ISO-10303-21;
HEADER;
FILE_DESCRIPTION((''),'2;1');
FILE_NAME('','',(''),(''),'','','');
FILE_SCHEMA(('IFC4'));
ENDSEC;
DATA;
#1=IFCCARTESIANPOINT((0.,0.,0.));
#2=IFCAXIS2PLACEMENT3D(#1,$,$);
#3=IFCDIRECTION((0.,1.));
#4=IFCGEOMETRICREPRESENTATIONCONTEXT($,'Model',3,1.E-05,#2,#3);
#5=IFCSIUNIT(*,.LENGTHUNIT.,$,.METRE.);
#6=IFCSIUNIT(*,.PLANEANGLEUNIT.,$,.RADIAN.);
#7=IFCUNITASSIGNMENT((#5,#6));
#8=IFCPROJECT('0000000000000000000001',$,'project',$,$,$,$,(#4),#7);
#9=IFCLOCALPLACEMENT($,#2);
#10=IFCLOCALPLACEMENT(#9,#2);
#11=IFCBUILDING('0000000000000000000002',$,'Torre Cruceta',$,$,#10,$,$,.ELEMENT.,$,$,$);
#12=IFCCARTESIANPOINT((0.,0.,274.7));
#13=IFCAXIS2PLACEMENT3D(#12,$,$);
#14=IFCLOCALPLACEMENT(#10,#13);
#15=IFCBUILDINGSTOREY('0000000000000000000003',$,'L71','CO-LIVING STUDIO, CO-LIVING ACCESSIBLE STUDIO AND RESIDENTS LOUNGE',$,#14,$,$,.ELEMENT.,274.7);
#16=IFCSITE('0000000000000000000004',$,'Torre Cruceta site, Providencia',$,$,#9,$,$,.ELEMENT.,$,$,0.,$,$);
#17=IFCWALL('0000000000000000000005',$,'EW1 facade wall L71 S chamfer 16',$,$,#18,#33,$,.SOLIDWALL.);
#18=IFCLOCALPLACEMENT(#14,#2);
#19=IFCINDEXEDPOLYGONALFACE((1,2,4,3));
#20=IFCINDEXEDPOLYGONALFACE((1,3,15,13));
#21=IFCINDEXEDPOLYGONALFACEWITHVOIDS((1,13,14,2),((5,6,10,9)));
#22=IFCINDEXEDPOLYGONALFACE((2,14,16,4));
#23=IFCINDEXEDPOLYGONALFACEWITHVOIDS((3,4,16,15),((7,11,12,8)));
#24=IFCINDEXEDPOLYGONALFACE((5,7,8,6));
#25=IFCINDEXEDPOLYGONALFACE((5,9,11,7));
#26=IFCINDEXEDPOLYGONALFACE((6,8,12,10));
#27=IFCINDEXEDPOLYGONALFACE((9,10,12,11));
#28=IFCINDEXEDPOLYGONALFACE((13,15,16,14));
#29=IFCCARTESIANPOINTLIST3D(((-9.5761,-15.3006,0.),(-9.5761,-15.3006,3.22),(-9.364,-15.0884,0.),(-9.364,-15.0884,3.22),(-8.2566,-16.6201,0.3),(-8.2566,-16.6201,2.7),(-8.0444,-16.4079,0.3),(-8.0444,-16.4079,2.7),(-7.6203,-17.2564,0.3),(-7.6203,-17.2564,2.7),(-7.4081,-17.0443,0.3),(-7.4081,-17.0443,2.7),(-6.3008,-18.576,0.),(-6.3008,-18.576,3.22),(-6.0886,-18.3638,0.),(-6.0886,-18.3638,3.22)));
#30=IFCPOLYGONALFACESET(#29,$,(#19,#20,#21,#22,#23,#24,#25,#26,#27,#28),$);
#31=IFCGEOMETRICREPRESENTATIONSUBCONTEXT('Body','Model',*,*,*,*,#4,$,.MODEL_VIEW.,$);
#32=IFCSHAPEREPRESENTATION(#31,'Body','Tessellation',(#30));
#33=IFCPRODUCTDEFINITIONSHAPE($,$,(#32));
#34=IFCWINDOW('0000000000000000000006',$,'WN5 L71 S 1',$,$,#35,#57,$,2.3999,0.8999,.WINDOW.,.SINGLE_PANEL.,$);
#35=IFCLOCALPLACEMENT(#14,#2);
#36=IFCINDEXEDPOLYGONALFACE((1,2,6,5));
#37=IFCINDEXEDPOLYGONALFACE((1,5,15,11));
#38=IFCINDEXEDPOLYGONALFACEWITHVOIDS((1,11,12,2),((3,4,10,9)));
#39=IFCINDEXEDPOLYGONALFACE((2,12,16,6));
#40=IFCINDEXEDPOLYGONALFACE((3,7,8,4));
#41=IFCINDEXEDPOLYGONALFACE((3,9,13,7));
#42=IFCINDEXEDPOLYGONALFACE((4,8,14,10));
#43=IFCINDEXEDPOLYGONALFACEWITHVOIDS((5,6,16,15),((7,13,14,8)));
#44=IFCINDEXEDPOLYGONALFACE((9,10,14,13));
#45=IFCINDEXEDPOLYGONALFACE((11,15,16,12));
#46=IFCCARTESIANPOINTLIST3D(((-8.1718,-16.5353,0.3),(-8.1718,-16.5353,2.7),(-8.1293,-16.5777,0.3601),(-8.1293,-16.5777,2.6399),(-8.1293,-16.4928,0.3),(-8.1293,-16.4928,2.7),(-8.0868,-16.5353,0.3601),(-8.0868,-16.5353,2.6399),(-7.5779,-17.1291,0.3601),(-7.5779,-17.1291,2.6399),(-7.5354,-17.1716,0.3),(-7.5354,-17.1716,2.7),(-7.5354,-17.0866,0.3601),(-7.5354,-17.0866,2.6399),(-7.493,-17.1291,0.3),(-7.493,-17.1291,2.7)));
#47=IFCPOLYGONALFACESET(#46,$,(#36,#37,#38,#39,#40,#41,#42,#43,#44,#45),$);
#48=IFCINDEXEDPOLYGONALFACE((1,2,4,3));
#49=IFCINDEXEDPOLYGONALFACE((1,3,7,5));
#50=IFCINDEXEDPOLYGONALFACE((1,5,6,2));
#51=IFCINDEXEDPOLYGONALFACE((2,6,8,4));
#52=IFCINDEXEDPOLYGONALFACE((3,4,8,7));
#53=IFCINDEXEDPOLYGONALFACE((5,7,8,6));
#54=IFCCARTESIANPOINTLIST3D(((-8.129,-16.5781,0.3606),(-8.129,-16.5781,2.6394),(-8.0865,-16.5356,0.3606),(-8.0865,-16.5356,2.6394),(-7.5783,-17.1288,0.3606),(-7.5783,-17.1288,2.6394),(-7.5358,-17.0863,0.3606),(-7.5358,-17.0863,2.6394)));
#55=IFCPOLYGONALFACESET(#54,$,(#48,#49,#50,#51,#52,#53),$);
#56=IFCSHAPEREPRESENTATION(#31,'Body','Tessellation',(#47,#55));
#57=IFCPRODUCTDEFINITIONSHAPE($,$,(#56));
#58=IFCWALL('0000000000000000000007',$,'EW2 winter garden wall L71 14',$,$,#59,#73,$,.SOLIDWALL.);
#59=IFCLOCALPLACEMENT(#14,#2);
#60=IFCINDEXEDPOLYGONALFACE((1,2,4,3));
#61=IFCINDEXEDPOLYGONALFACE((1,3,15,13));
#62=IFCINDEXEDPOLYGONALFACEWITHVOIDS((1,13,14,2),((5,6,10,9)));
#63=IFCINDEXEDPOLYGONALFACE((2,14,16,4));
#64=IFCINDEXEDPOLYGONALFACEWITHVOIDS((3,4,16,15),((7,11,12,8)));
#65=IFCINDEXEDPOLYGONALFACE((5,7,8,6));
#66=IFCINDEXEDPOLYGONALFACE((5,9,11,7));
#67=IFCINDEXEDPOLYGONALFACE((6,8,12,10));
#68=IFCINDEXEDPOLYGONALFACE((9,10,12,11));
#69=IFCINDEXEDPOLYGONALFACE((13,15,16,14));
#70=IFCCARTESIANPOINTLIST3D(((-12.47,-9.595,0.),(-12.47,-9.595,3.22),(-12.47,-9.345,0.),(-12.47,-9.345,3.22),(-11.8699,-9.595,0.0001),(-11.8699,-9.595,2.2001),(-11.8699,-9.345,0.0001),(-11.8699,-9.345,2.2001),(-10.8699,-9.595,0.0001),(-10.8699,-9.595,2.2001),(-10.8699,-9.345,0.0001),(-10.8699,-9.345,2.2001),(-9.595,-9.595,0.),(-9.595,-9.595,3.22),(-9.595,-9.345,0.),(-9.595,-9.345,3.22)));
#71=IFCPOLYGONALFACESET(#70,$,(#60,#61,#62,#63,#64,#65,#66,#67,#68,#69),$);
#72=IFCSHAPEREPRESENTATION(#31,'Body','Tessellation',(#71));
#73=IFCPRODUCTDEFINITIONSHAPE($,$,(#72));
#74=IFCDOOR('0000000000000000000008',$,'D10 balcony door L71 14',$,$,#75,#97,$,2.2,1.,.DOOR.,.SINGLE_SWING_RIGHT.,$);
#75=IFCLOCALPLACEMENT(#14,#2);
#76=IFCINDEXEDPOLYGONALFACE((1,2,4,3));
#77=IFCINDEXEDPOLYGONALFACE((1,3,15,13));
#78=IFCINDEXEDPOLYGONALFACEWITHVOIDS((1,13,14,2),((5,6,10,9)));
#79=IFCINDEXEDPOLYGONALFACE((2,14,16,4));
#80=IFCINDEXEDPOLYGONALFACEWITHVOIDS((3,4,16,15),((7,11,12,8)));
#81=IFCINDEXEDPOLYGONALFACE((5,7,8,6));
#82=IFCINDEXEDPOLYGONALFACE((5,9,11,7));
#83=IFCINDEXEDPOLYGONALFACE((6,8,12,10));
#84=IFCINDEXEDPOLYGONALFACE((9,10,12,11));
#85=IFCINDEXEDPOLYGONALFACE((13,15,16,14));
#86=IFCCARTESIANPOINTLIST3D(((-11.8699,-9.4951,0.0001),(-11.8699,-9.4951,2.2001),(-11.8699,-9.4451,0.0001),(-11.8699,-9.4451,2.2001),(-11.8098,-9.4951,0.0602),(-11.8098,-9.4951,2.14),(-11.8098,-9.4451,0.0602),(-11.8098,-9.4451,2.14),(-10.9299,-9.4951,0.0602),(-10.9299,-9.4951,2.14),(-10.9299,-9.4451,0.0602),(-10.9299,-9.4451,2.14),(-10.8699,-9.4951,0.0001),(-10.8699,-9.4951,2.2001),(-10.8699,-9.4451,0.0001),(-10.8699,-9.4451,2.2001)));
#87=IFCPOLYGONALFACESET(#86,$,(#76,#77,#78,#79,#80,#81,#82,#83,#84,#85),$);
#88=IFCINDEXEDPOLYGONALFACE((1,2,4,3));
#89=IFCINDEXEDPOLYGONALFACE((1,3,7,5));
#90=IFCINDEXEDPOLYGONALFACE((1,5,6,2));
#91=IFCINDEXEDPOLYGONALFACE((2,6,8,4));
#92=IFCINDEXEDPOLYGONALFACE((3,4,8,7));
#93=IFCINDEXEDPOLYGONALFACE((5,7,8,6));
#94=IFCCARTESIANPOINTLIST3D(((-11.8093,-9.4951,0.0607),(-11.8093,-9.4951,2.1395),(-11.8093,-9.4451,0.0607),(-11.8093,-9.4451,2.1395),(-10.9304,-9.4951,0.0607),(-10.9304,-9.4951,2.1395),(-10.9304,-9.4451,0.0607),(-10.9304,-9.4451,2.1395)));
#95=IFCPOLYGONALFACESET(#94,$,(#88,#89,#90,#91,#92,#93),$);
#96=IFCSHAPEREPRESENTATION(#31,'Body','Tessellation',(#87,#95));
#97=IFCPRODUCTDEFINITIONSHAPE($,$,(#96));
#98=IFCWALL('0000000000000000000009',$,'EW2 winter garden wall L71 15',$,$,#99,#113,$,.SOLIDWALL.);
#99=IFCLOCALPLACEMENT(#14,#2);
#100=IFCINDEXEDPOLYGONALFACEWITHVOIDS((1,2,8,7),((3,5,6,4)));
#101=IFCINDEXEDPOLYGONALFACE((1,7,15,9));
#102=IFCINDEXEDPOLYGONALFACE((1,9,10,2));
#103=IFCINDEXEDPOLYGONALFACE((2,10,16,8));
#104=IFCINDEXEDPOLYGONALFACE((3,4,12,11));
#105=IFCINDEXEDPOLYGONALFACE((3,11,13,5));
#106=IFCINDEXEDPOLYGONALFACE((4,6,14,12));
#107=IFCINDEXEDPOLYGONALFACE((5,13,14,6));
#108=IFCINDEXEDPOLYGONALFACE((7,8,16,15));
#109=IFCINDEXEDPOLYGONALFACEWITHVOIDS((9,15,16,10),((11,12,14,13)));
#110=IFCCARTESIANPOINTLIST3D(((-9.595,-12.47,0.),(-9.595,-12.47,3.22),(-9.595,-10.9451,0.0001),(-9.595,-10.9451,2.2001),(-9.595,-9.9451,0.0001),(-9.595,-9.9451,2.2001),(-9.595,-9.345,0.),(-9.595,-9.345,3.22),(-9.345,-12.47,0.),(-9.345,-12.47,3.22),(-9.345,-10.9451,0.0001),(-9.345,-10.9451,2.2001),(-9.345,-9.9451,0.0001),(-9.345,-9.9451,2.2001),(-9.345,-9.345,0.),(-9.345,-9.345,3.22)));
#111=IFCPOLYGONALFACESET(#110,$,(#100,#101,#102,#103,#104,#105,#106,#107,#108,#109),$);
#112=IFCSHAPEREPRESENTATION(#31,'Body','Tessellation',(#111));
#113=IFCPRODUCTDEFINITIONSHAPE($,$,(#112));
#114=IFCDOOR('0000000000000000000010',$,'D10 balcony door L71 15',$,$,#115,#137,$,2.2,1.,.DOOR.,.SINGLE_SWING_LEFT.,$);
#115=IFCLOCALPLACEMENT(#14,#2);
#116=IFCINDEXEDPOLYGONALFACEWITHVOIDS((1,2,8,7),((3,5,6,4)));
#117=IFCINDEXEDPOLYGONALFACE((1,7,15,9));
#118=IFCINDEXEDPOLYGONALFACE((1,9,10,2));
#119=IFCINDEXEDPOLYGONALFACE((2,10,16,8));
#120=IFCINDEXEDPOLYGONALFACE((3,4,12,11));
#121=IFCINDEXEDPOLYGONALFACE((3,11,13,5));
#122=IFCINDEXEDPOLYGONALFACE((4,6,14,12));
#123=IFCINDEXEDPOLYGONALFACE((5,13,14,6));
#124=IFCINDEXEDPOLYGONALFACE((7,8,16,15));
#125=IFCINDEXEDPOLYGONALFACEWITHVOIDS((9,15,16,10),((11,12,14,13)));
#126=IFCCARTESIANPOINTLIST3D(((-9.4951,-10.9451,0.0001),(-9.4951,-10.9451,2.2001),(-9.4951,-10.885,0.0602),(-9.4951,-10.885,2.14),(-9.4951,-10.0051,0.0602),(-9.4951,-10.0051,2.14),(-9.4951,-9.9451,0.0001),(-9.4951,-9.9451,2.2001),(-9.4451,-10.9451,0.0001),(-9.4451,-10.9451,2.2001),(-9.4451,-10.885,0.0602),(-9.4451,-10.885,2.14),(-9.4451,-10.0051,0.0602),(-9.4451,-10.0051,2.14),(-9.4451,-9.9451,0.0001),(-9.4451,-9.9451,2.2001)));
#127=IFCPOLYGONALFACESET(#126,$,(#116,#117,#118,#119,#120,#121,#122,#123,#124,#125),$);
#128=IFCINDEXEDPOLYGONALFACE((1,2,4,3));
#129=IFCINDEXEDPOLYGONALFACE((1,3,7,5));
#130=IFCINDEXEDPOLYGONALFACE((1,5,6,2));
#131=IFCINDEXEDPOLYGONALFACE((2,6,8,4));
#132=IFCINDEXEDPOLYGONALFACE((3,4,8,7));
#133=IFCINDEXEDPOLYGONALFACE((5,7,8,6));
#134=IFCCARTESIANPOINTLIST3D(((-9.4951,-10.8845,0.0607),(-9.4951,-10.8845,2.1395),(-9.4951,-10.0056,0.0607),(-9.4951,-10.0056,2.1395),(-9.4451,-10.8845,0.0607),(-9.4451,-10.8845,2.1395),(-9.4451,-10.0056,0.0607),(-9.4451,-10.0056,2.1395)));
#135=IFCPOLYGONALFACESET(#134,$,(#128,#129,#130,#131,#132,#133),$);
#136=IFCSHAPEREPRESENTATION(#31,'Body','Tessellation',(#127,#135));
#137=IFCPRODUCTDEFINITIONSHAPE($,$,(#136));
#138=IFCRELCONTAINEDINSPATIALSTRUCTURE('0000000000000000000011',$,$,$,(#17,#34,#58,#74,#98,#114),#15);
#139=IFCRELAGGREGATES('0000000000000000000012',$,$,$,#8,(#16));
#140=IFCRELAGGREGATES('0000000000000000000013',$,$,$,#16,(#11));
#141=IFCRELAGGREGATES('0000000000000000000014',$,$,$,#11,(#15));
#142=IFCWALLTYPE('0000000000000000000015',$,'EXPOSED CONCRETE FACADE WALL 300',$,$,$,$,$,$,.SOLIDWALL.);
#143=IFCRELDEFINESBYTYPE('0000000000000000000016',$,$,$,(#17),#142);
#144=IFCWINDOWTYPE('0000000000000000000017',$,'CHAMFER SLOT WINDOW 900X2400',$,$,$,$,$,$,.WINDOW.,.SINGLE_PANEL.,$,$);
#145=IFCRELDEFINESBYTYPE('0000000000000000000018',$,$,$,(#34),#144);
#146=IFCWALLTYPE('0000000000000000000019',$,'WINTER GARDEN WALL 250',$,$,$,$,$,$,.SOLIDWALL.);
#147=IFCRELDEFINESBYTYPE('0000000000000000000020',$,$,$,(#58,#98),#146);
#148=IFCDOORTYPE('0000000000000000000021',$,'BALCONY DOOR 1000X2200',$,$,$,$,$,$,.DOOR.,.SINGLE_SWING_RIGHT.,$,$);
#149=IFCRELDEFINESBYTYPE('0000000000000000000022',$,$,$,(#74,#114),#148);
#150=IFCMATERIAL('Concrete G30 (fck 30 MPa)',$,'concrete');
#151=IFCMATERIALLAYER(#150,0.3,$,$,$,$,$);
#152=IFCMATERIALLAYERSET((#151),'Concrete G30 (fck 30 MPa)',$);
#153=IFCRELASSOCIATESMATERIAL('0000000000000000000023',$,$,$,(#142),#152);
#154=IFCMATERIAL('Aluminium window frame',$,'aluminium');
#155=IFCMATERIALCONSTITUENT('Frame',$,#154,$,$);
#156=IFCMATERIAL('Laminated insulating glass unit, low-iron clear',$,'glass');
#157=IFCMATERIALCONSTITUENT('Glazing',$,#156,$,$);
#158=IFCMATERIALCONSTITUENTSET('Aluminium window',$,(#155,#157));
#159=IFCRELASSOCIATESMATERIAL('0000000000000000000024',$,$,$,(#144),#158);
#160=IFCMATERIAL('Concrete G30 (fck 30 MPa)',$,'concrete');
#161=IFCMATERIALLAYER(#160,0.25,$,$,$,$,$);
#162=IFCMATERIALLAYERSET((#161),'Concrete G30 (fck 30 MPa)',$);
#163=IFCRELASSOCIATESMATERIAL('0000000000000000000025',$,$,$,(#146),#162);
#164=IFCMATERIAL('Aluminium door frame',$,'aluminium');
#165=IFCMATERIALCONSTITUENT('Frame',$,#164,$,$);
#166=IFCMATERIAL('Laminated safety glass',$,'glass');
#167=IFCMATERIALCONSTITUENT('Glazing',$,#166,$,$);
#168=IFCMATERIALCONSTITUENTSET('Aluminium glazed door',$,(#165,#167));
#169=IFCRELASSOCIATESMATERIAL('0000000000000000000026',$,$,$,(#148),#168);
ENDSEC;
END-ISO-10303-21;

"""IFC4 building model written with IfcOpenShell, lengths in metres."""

from ifc_helpers import new_model, si_unit, direction, frame, frame_2d, origin, place, context, subcontext, project, spatial, rectangle, hollow_rectangle, extrude, material, layer, layer_set, constituent, constituent_set, type_object, element, fill, save


model = new_model("IFC4")

# Units and contexts
model_context = context("Model", 3, precision=1e-05, world=origin(), true_north=direction((0.0, 1.0)))
body_context = subcontext(model_context, "Body", "Model", "MODEL_VIEW")
ifc_project = project(units=[si_unit("LENGTHUNIT", "METRE"), si_unit("PLANEANGLEUNIT", "RADIAN")], contexts=[model_context])

# Site, building, storey
site_placement = place(None, origin())
site = spatial("IfcSite", under=ifc_project, at=site_placement, Name="Torre Cruceta site, Providencia", CompositionType="ELEMENT", RefElevation=0.0)
building_placement = place(site_placement, origin())
building = spatial("IfcBuilding", under=site, at=building_placement, Name="Torre Cruceta", CompositionType="ELEMENT")
storey_placement = place(building_placement, frame((0.0, 0.0, 274.7)))
storey = spatial("IfcBuildingStorey", under=building, at=storey_placement, Name="L71", Description="CO-LIVING STUDIO, CO-LIVING ACCESSIBLE STUDIO AND RESIDENTS LOUNGE", CompositionType="ELEMENT", Elevation=274.7)

# Wall, opening, window
ifc_material_1 = material(Name="Concrete G30 (fck 30 MPa)", Category="concrete")
ifc_layer_1 = layer(ifc_material_1, 0.3)
ifc_layer_set_1 = layer_set([ifc_layer_1], Name="Concrete G30 (fck 30 MPa)")
wall_type_1 = type_object("IfcWallType", Name="EXPOSED CONCRETE FACADE WALL 300", PredefinedType="SOLIDWALL", material=ifc_layer_set_1)
wall_1_placement = place(storey_placement, frame((-9.47, -15.1946, 0.0), z_axis=(0.0, 0.0, 1.0), x_axis=(0.707107, -0.707107, 0.0)))
wall_1 = element("IfcWall", 1, at=wall_1_placement, inside=storey, type_object=wall_type_1, Name="EW1 facade wall L71 S chamfer 16", PredefinedType="SOLIDWALL", context=body_context, shape_type="SweptSolid", body=[
    extrude(rectangle(XDim=4.6321, YDim=0.3, at=frame_2d((2.3159, 0.0))), origin(), (0.0, 0.0, 1.0), 3.22),
])
opening_1_placement = place(wall_1_placement, frame((1.866, 0.0, 0.3)))
opening_1 = element("IfcOpeningElement", 2, at=opening_1_placement, cuts=wall_1, PredefinedType="OPENING", context=body_context, shape_type="SweptSolid", body=[
    extrude(rectangle(XDim=0.8999, YDim=2.3999, at=frame_2d((0.45, 1.2))), frame((0.0, 0.1599, 0.0), z_axis=(0.0, -1.0, 0.0), x_axis=(1.0, 0.0, 0.0)), (0.0, 0.0, 1.0), 0.3201),
])
ifc_material_2 = material(Name="Aluminium window frame", Category="aluminium")
ifc_constituent_1 = constituent(ifc_material_2, Name="Frame")
ifc_material_3 = material(Name="Laminated insulating glass unit, low-iron clear", Category="glass")
ifc_constituent_2 = constituent(ifc_material_3, Name="Glazing")
ifc_constituent_set_1 = constituent_set(constituents=[ifc_constituent_1, ifc_constituent_2], Name="Aluminium window")
window_type = type_object("IfcWindowType", Name="CHAMFER SLOT WINDOW 900X2400", PartitioningType="SINGLE_PANEL", PredefinedType="WINDOW", material=ifc_constituent_set_1)
window_placement = place(opening_1_placement, origin())
window = element("IfcWindow", 3, at=window_placement, inside=storey, type_object=window_type, Name="WN5 L71 S 1", OverallHeight=2.3999, OverallWidth=0.8999, PartitioningType="SINGLE_PANEL", PredefinedType="WINDOW", context=body_context, shape_type="SweptSolid", body=[
    extrude(hollow_rectangle(XDim=0.8999, YDim=2.3999, WallThickness=0.0601, at=frame_2d((0.45, 1.2))), frame((0.0, 0.03, 0.0), z_axis=(0.0, -1.0, 0.0), x_axis=(1.0, 0.0, 0.0)), (0.0, 0.0, 1.0), 0.0601),
    extrude(rectangle(XDim=0.7788, YDim=2.2788, at=frame_2d((0.45, 1.2))), frame((0.0, 0.03, 0.0), z_axis=(0.0, -1.0, 0.0), x_axis=(1.0, 0.0, 0.0)), (0.0, 0.0, 1.0), 0.0601),
])
fill(opening_1, window)

# Walls, openings, doors
ifc_material_4 = material(Name="Concrete G30 (fck 30 MPa)", Category="concrete")
ifc_layer_2 = layer(ifc_material_4, 0.25)
ifc_layer_set_2 = layer_set([ifc_layer_2], Name="Concrete G30 (fck 30 MPa)")
wall_type_2 = type_object("IfcWallType", Name="WINTER GARDEN WALL 250", PredefinedType="SOLIDWALL", material=ifc_layer_set_2)
wall_2_placement = place(storey_placement, frame((-12.47, -9.47, 0.0), z_axis=(0.0, 0.0, 1.0), x_axis=(1.0, 0.0, 0.0)))
wall_2 = element("IfcWall", 4, at=wall_2_placement, inside=storey, type_object=wall_type_2, Name="EW2 winter garden wall L71 14", PredefinedType="SOLIDWALL", context=body_context, shape_type="SweptSolid", body=[
    extrude(rectangle(XDim=2.875, YDim=0.25, at=frame_2d((1.4375, 0.0))), origin(), (0.0, 0.0, 1.0), 3.22),
])
opening_2_placement = place(wall_2_placement, frame((0.6001, 0.0, 0.0)))
opening_2 = element("IfcOpeningElement", 5, at=opening_2_placement, cuts=wall_2, PredefinedType="OPENING", context=body_context, shape_type="SweptSolid", body=[
    extrude(rectangle(XDim=1.0, YDim=2.2, at=frame_2d((0.5, 1.1001))), frame((0.0, 0.135, 0.0), z_axis=(0.0, -1.0, 0.0), x_axis=(1.0, 0.0, 0.0)), (0.0, 0.0, 1.0), 0.27),
])
ifc_material_5 = material(Name="Aluminium door frame", Category="aluminium")
ifc_constituent_3 = constituent(ifc_material_5, Name="Frame")
ifc_material_6 = material(Name="Laminated safety glass", Category="glass")
ifc_constituent_4 = constituent(ifc_material_6, Name="Glazing")
ifc_constituent_set_2 = constituent_set(constituents=[ifc_constituent_3, ifc_constituent_4], Name="Aluminium glazed door")
door_type = type_object("IfcDoorType", Name="BALCONY DOOR 1000X2200", OperationType="SINGLE_SWING_RIGHT", PredefinedType="DOOR", material=ifc_constituent_set_2)
door_1_placement = place(opening_2_placement, origin())
door_1 = element("IfcDoor", 6, at=door_1_placement, inside=storey, type_object=door_type, Name="D10 balcony door L71 14", OperationType="SINGLE_SWING_RIGHT", OverallHeight=2.2, OverallWidth=1.0, PredefinedType="DOOR", context=body_context, shape_type="SweptSolid", body=[
    extrude(hollow_rectangle(XDim=1.0, YDim=2.2, WallThickness=0.0601, at=frame_2d((0.5, 1.1001))), frame((0.0, 0.0249, 0.0), z_axis=(0.0, -1.0, 0.0), x_axis=(1.0, 0.0, 0.0)), (0.0, 0.0, 1.0), 0.05),
    extrude(rectangle(XDim=0.8789, YDim=2.0789, at=frame_2d((0.5, 1.1001))), frame((0.0, 0.0249, 0.0), z_axis=(0.0, -1.0, 0.0), x_axis=(1.0, 0.0, 0.0)), (0.0, 0.0, 1.0), 0.05),
])
fill(opening_2, door_1)
wall_3_placement = place(storey_placement, frame((-9.47, -9.345, 0.0), z_axis=(0.0, 0.0, 1.0), x_axis=(0.0, -1.0, 0.0)))
wall_3 = element("IfcWall", 7, at=wall_3_placement, inside=storey, type_object=wall_type_2, Name="EW2 winter garden wall L71 15", PredefinedType="SOLIDWALL", context=body_context, shape_type="SweptSolid", body=[
    extrude(rectangle(XDim=3.125, YDim=0.25, at=frame_2d((1.5625, 0.0))), origin(), (0.0, 0.0, 1.0), 3.22),
])
opening_3_placement = place(wall_3_placement, frame((0.6001, 0.0, 0.0)))
opening_3 = element("IfcOpeningElement", 8, at=opening_3_placement, cuts=wall_3, PredefinedType="OPENING", context=body_context, shape_type="SweptSolid", body=[
    extrude(rectangle(XDim=1.0, YDim=2.2, at=frame_2d((0.5, 1.1001))), frame((0.0, 0.135, 0.0), z_axis=(0.0, -1.0, 0.0), x_axis=(1.0, 0.0, 0.0)), (0.0, 0.0, 1.0), 0.27),
])
door_2_placement = place(opening_3_placement, origin())
door_2 = element("IfcDoor", 9, at=door_2_placement, inside=storey, type_object=door_type, Name="D10 balcony door L71 15", OperationType="SINGLE_SWING_LEFT", OverallHeight=2.2, OverallWidth=1.0, PredefinedType="DOOR", context=body_context, shape_type="SweptSolid", body=[
    extrude(hollow_rectangle(XDim=1.0, YDim=2.2, WallThickness=0.0601, at=frame_2d((0.5, 1.1001))), frame((0.0, 0.0249, 0.0), z_axis=(0.0, -1.0, 0.0), x_axis=(1.0, 0.0, 0.0)), (0.0, 0.0, 1.0), 0.05),
    extrude(rectangle(XDim=0.8789, YDim=2.0789, at=frame_2d((0.5, 1.1001))), frame((0.0, 0.0249, 0.0), z_axis=(0.0, -1.0, 0.0), x_axis=(1.0, 0.0, 0.0)), (0.0, 0.0, 1.0), 0.05),
])
fill(opening_3, door_2)

save(model, "model.ifc")
